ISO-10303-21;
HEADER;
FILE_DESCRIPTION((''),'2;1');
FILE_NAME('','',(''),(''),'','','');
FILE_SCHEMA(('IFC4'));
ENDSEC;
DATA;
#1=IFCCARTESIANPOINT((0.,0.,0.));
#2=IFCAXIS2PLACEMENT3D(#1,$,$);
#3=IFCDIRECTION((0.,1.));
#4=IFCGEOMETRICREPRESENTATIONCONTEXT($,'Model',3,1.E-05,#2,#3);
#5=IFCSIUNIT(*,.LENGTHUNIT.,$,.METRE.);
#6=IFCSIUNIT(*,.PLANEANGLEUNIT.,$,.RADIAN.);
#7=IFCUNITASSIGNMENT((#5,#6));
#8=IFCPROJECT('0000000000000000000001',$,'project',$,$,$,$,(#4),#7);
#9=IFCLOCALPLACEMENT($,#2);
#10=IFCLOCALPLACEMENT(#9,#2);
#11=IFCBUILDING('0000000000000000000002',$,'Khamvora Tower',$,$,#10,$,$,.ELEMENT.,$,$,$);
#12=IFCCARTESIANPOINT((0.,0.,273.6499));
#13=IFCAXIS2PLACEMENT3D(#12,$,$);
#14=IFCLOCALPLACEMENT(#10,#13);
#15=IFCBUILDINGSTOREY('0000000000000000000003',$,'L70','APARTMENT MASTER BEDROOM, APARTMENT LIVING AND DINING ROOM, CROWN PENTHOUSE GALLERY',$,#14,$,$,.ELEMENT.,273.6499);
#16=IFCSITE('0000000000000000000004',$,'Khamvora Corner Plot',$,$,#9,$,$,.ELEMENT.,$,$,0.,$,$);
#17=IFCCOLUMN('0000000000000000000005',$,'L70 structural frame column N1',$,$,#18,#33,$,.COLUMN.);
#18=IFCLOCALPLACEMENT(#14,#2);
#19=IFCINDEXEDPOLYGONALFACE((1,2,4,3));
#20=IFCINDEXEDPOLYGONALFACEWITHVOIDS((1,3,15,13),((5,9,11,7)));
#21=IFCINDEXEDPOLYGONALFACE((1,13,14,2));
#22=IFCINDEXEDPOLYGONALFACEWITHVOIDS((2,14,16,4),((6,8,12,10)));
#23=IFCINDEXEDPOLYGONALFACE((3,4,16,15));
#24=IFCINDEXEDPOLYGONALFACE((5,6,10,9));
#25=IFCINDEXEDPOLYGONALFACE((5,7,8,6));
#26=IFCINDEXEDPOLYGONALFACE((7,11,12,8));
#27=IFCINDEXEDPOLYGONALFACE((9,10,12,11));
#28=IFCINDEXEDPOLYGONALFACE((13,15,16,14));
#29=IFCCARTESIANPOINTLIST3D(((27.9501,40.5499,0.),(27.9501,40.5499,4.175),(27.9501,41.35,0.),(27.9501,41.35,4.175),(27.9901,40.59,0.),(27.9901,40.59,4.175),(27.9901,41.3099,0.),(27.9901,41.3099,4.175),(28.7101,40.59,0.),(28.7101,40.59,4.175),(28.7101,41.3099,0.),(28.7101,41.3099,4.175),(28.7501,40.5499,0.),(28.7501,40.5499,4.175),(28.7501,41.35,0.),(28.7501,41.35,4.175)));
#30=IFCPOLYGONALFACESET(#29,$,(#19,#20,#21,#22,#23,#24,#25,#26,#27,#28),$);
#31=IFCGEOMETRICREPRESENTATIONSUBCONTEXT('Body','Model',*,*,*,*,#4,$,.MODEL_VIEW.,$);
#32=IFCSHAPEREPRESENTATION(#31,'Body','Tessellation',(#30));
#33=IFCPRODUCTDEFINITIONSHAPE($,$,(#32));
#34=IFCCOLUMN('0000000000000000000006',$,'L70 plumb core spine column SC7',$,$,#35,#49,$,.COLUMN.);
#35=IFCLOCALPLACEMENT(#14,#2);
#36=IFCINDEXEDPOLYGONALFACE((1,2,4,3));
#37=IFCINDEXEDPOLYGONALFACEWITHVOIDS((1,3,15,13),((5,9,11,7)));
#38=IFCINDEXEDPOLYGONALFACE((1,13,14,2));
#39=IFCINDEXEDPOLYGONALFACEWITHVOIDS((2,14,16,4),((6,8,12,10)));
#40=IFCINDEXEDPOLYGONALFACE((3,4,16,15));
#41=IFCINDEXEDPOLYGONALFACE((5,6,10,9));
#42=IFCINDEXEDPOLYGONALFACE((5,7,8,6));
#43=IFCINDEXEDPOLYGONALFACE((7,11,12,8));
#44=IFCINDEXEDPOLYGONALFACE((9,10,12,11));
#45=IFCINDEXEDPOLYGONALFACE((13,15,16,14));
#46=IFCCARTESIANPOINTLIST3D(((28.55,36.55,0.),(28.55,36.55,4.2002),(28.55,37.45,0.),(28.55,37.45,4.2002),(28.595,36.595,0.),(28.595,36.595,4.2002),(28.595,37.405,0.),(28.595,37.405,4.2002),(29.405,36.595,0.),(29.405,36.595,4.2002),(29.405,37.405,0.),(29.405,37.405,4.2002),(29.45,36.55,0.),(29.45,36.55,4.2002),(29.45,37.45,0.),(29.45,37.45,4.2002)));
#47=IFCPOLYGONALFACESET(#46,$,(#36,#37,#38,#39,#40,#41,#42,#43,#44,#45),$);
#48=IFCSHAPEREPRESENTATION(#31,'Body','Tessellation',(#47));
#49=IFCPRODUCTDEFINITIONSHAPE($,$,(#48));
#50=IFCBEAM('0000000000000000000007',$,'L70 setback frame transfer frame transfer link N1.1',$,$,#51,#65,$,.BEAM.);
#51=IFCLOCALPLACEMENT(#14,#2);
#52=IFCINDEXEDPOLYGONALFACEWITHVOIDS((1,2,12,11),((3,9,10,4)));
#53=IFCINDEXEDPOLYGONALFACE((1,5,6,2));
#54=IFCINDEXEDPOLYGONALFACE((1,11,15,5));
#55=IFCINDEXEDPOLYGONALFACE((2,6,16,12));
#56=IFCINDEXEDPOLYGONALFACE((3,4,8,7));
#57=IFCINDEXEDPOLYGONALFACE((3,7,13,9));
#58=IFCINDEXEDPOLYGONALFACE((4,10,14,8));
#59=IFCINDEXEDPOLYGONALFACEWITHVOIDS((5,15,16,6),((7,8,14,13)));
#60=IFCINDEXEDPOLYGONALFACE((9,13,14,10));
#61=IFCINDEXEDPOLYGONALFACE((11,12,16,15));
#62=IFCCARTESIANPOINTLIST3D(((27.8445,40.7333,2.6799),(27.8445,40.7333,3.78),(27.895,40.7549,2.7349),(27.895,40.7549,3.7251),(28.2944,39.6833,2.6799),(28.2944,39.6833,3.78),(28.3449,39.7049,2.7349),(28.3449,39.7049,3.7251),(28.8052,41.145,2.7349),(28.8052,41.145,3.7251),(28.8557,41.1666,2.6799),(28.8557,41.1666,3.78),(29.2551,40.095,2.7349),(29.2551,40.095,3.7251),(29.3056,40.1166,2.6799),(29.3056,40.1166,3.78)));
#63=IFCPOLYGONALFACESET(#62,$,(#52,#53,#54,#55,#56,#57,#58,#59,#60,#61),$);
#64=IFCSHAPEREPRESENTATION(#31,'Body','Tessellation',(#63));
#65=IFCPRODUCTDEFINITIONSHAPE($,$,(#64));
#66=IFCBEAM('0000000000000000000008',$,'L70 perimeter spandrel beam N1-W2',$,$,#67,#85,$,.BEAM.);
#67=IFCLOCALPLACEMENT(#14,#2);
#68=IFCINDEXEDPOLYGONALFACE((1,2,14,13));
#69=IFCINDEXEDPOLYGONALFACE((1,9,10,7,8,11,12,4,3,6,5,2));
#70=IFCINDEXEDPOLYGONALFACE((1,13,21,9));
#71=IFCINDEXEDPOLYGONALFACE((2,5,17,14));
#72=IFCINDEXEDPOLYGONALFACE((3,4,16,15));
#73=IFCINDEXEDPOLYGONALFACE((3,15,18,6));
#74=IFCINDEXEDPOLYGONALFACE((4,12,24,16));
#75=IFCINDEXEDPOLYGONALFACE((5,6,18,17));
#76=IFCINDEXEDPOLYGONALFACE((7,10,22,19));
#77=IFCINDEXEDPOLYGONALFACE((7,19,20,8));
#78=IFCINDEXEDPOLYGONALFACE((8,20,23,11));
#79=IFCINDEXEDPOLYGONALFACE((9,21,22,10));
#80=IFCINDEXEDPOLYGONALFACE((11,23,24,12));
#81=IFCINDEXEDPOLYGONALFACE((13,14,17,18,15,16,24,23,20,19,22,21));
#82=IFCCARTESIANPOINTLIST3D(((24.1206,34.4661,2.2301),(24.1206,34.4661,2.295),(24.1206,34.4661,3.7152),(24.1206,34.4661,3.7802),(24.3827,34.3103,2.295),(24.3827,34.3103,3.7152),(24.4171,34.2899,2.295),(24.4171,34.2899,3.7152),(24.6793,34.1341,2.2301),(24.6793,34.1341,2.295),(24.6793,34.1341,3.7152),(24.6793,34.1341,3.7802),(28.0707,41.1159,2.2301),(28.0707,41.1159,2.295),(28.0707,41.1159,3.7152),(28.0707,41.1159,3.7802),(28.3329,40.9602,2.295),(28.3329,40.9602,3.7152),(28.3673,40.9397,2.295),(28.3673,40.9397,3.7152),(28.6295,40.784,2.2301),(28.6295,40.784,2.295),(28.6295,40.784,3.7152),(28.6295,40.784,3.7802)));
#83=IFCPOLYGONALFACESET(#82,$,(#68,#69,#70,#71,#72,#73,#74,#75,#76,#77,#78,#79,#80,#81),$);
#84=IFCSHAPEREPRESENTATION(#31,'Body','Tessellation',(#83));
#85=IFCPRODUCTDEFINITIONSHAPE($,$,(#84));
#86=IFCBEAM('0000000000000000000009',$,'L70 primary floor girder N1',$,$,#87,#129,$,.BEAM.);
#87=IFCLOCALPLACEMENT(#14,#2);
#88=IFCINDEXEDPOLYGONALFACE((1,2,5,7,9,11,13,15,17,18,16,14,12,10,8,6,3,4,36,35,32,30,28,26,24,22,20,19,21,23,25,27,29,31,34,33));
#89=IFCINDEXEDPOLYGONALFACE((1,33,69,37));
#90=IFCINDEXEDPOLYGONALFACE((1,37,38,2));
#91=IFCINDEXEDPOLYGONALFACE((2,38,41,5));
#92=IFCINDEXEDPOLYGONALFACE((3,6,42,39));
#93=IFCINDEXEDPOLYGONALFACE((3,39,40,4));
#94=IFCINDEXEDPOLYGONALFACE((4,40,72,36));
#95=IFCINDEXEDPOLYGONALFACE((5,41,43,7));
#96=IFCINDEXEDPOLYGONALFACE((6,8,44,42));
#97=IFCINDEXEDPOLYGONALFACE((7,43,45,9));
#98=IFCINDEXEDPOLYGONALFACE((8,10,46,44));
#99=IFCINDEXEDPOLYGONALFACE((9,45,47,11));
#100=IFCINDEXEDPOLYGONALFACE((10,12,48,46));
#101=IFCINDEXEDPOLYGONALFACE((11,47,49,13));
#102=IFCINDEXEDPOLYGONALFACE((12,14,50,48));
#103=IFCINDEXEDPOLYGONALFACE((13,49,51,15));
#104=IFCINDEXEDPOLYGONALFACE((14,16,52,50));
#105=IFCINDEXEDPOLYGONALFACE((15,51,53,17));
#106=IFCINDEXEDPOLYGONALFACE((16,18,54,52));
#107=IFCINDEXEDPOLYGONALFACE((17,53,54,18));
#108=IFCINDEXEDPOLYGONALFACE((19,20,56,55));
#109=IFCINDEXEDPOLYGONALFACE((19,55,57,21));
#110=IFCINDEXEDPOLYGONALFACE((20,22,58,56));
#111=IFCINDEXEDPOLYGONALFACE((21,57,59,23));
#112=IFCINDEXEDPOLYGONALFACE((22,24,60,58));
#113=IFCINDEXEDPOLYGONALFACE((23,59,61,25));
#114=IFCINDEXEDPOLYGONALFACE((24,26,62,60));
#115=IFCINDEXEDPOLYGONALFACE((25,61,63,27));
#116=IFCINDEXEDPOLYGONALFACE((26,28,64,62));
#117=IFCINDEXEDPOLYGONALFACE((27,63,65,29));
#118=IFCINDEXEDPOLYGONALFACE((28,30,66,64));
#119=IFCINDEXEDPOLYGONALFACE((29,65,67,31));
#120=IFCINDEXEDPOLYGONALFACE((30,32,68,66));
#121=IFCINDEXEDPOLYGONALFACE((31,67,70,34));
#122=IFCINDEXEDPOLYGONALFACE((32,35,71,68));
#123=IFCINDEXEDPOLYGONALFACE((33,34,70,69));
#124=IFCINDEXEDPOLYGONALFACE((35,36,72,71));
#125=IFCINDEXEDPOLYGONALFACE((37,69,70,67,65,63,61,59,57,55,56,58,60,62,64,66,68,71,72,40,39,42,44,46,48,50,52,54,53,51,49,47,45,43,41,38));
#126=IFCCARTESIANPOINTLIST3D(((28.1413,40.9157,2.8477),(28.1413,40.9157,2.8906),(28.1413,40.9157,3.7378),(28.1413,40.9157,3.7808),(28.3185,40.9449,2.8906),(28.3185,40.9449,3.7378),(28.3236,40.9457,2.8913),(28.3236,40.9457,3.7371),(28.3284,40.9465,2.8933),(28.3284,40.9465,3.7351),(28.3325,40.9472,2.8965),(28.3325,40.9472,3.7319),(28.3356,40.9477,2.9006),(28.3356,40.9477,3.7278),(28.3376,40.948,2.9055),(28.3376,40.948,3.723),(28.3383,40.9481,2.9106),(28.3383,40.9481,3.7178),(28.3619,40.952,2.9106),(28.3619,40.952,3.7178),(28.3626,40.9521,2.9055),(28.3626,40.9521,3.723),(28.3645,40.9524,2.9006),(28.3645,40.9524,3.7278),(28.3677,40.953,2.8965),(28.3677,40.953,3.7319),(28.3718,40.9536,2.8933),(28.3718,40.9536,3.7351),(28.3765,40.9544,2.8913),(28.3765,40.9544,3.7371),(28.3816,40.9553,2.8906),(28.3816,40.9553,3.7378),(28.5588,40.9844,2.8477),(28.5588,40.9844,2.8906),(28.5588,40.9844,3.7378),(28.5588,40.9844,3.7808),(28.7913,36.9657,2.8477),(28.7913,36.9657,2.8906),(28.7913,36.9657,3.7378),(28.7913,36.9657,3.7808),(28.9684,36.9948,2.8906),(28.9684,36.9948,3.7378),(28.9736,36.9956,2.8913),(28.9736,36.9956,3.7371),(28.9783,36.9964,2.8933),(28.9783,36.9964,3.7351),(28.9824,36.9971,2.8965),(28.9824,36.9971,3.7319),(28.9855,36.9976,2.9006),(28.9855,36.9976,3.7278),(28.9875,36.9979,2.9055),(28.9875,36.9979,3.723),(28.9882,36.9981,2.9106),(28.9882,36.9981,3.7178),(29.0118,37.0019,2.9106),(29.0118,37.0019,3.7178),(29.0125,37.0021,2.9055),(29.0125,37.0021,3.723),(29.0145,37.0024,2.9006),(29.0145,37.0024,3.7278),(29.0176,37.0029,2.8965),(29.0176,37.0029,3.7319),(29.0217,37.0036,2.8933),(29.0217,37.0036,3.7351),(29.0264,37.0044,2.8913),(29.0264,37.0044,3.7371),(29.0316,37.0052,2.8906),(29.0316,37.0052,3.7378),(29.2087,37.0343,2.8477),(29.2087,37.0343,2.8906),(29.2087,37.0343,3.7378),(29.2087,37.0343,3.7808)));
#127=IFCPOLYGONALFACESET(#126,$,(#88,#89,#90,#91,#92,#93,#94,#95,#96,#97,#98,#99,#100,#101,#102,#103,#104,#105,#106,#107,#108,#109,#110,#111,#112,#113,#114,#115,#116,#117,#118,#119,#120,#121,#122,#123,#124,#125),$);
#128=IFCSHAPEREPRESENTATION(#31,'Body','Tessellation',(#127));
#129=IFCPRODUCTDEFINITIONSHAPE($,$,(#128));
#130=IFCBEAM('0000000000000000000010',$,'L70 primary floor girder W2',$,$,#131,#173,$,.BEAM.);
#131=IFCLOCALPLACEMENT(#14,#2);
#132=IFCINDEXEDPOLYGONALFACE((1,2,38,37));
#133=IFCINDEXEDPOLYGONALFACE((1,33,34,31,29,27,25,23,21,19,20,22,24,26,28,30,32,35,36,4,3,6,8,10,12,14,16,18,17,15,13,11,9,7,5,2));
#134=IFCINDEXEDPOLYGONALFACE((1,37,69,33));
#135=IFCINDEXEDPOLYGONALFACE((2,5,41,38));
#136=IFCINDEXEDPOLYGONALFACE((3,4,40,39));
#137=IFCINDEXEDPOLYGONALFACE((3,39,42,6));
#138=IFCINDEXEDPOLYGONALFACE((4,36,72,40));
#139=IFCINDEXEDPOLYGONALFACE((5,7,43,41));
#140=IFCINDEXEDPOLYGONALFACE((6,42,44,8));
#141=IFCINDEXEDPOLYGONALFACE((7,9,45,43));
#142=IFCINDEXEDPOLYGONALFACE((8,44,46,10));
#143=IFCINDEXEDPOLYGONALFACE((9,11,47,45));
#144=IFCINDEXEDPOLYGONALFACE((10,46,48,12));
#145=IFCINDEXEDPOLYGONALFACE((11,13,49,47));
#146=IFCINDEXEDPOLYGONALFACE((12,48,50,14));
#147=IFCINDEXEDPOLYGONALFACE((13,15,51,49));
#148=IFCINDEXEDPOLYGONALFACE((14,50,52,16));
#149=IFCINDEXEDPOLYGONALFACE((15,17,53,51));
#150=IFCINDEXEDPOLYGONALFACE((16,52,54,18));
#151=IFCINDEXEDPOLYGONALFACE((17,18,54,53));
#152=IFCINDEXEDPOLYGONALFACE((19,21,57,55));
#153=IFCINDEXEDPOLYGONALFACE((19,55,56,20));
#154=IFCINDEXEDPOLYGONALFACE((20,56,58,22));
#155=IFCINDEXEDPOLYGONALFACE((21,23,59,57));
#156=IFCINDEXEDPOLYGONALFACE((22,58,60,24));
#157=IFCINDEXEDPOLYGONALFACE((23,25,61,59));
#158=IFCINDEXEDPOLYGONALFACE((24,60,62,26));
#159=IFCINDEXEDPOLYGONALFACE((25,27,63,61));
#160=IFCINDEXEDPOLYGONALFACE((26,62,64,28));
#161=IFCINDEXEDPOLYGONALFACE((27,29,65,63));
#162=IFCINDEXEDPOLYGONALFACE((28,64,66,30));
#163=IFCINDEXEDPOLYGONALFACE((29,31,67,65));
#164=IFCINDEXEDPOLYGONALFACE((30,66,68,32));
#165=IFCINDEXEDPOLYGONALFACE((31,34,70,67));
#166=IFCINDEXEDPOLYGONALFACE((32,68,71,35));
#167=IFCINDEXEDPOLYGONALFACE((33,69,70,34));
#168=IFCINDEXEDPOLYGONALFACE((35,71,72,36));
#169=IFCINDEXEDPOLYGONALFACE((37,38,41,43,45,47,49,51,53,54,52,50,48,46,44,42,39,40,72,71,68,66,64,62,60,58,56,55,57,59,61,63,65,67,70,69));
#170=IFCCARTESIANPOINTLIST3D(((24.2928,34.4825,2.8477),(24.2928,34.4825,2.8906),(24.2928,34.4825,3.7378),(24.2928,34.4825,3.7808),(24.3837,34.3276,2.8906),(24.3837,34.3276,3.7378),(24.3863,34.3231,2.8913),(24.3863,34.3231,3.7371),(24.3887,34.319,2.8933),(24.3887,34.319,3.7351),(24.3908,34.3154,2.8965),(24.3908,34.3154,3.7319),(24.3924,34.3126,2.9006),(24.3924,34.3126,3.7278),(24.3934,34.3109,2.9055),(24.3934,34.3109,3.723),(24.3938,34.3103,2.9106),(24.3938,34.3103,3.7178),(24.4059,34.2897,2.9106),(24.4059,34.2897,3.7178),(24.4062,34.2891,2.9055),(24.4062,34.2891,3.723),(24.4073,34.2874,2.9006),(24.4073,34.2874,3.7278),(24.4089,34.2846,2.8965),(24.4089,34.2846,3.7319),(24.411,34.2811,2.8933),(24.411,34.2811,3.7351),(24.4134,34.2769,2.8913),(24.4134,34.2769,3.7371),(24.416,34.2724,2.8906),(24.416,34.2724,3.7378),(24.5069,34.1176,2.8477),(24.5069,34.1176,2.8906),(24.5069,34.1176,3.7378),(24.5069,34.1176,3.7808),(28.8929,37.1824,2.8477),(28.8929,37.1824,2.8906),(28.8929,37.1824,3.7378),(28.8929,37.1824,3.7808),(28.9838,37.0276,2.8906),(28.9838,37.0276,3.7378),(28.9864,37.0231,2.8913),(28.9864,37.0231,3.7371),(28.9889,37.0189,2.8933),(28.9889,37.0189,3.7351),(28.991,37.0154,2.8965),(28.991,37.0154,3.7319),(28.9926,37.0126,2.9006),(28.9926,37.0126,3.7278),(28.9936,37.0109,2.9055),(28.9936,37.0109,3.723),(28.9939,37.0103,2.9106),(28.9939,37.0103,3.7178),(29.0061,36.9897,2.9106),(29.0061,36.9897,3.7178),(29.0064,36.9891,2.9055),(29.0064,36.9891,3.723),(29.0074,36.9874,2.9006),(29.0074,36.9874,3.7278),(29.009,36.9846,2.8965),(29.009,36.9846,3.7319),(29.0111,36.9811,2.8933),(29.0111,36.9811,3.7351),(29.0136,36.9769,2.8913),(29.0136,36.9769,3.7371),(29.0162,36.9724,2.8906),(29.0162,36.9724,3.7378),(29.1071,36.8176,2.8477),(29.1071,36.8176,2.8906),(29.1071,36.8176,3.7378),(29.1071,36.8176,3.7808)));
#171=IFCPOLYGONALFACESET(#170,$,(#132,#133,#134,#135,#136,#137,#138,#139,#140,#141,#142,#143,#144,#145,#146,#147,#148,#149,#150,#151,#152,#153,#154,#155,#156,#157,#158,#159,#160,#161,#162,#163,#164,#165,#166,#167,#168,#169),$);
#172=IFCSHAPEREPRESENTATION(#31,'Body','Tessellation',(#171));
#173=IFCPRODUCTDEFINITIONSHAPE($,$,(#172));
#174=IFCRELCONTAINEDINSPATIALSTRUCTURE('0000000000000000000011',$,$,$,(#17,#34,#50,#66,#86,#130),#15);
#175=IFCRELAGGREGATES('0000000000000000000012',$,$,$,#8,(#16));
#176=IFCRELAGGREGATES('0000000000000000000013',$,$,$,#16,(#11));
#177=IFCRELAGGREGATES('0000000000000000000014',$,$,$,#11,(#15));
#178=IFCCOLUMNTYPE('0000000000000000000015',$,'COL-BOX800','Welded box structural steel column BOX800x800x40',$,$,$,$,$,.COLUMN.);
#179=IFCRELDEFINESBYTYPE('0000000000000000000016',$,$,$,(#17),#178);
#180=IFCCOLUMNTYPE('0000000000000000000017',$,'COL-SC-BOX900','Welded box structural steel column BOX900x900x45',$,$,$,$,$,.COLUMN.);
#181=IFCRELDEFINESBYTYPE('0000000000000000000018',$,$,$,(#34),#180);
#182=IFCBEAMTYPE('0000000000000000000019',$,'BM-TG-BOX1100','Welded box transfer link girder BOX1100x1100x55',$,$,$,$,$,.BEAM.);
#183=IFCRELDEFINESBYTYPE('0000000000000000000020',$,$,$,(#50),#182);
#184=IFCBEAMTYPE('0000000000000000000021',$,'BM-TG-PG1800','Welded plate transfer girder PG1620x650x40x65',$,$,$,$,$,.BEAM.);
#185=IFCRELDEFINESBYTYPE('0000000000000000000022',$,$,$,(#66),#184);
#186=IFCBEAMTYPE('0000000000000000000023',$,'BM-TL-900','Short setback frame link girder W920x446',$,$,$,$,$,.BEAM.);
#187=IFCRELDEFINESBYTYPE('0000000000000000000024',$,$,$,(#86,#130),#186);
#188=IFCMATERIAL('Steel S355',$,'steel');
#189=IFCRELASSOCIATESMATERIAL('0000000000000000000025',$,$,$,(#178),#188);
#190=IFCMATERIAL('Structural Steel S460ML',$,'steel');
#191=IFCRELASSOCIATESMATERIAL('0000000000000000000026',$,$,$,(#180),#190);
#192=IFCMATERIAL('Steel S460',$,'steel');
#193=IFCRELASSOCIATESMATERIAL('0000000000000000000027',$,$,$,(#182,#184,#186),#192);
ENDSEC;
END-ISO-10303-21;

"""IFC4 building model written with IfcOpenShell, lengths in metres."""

from ifc_helpers import new_model, si_unit, direction, frame, origin, origin_2d, place, context, subcontext, project, spatial, hollow_rectangle, i_section, extrude, material, material_profile, profile_set, type_object, element, save


model = new_model("IFC4")

# Units and contexts
model_context = context("Model", 3, precision=1e-05, world=origin(), true_north=direction((0.0, 1.0)))
body_context = subcontext(model_context, "Body", "Model", "MODEL_VIEW")
ifc_project = project(units=[si_unit("LENGTHUNIT", "METRE"), si_unit("PLANEANGLEUNIT", "RADIAN")], contexts=[model_context])

# Site, building, storey
site_placement = place(None, origin())
site = spatial("IfcSite", under=ifc_project, at=site_placement, Name="Khamvora Corner Plot", CompositionType="ELEMENT", RefElevation=0.0)
building_placement = place(site_placement, origin())
building = spatial("IfcBuilding", under=site, at=building_placement, Name="Khamvora Tower", CompositionType="ELEMENT")
storey_placement = place(building_placement, frame((0.0, 0.0, 273.6499)))
storey = spatial("IfcBuildingStorey", under=building, at=storey_placement, Name="L70", Description="APARTMENT MASTER BEDROOM, APARTMENT LIVING AND DINING ROOM, CROWN PENTHOUSE GALLERY", CompositionType="ELEMENT", Elevation=273.6499)

# Columns
ifc_material_1 = material(Name="Steel S355", Category="steel")
ifc_material_profile_1 = material_profile(ifc_material_1, hollow_rectangle(XDim=0.8, YDim=0.8, WallThickness=0.04, at=origin_2d()), Name="BOX800x800x40")
ifc_profile_set_1 = profile_set([ifc_material_profile_1], Name="Steel S355")
column_type_1 = type_object("IfcColumnType", Name="COL-BOX800", Description="Welded box structural steel column BOX800x800x40", PredefinedType="COLUMN", material=ifc_profile_set_1)
column_1_placement = place(storey_placement, frame((28.3501, 40.95, 0.0), z_axis=(0.0, 0.0, 1.0), x_axis=(1.0, 0.0, 0.0)))
element("IfcColumn", 1, at=column_1_placement, inside=storey, type_object=column_type_1, Name="L70 structural frame column N1", PredefinedType="COLUMN", context=body_context, shape_type="SweptSolid", body=[
    extrude(hollow_rectangle(XDim=0.8, YDim=0.8, WallThickness=0.04, at=origin_2d()), origin(), (0.0, 0.0, 1.0), 4.175),
])
ifc_material_2 = material(Name="Structural Steel S460ML", Category="steel")
ifc_material_profile_2 = material_profile(ifc_material_2, hollow_rectangle(XDim=0.8999, YDim=0.8999, WallThickness=0.0449, at=origin_2d()), Name="BOX900x900x45")
ifc_profile_set_2 = profile_set([ifc_material_profile_2], Name="Structural Steel S460ML")
column_type_2 = type_object("IfcColumnType", Name="COL-SC-BOX900", Description="Welded box structural steel column BOX900x900x45", PredefinedType="COLUMN", material=ifc_profile_set_2)
column_2_placement = place(storey_placement, frame((29.0, 37.0, 0.0), z_axis=(0.0, 0.0, 1.0), x_axis=(1.0, 0.0, 0.0)))
element("IfcColumn", 2, at=column_2_placement, inside=storey, type_object=column_type_2, Name="L70 plumb core spine column SC7", PredefinedType="COLUMN", context=body_context, shape_type="SweptSolid", body=[
    extrude(hollow_rectangle(XDim=0.8999, YDim=0.8999, WallThickness=0.0449, at=origin_2d()), origin(), (0.0, 0.0, 1.0), 4.2002),
])

# Beams
ifc_material_3 = material(Name="Steel S460", Category="steel")
ifc_material_profile_3 = material_profile(ifc_material_3, hollow_rectangle(XDim=1.1001, YDim=1.1001, WallThickness=0.0549, at=origin_2d()), Name="BOX1100x1100x55")
ifc_profile_set_3 = profile_set([ifc_material_profile_3], Name="Steel S460")
beam_type_1 = type_object("IfcBeamType", Name="BM-TG-BOX1100", Description="Welded box transfer link girder BOX1100x1100x55", PredefinedType="BEAM", material=ifc_profile_set_3)
beam_1_placement = place(storey_placement, frame((28.3501, 40.95, 3.23), z_axis=(0.393868, -0.919167, 0.0), x_axis=(0.919167, 0.393868, 0.0)))
element("IfcBeam", 3, at=beam_1_placement, inside=storey, type_object=beam_type_1, Name="L70 setback frame transfer frame transfer link N1.1", PredefinedType="BEAM", context=body_context, shape_type="SweptSolid", body=[
    extrude(hollow_rectangle(XDim=1.1001, YDim=1.1001, WallThickness=0.0549, at=origin_2d()), origin(), (0.0, 0.0, 1.0), 1.1423),
])
ifc_material_profile_4 = material_profile(ifc_material_3, i_section(OverallWidth=0.6499, OverallDepth=1.55, WebThickness=0.04, FlangeThickness=0.0649, at=origin_2d()), Name="PG1550x650x40x65")
ifc_profile_set_4 = profile_set([ifc_material_profile_4], Name="Steel S460")
beam_type_2 = type_object("IfcBeamType", Name="BM-TG-PG1800", Description="Welded plate transfer girder PG1620x650x40x65", PredefinedType="BEAM", material=ifc_profile_set_4)
beam_2_placement = place(storey_placement, frame((28.3501, 40.95, 3.0051), z_axis=(-0.510712, -0.859752, 0.0), x_axis=(0.859752, -0.510712, 0.0)))
element("IfcBeam", 4, at=beam_2_placement, inside=storey, type_object=beam_type_2, Name="L70 perimeter spandrel beam N1-W2", PredefinedType="BEAM", context=body_context, shape_type="SweptSolid", body=[
    extrude(i_section(OverallWidth=0.6499, OverallDepth=1.55, WebThickness=0.04, FlangeThickness=0.0649, at=origin_2d()), origin(), (0.0, 0.0, 1.0), 7.7346),
])
ifc_material_profile_5 = material_profile(ifc_material_3, i_section(OverallWidth=0.4231, OverallDepth=0.9331, WebThickness=0.0239, FlangeThickness=0.043, FilletRadius=0.02, at=origin_2d()), Name="W920x446")
ifc_profile_set_5 = profile_set([ifc_material_profile_5], Name="Steel S460")
beam_type_3 = type_object("IfcBeamType", Name="BM-TL-900", Description="Short setback frame link girder W920x446", PredefinedType="BEAM", material=ifc_profile_set_5)
beam_3_placement = place(storey_placement, frame((29.0, 37.0, 3.3142), z_axis=(-0.162351, 0.986733, 0.0), x_axis=(-0.986733, -0.162351, 0.0)))
element("IfcBeam", 5, at=beam_3_placement, inside=storey, type_object=beam_type_3, Name="L70 primary floor girder N1", PredefinedType="BEAM", context=body_context, shape_type="SweptSolid", body=[
    extrude(i_section(OverallWidth=0.4231, OverallDepth=0.9331, WebThickness=0.0239, FlangeThickness=0.043, FilletRadius=0.02, at=origin_2d()), origin(), (0.0, 0.0, 1.0), 4.0032),
])
beam_4_placement = place(storey_placement, frame((29.0, 37.0, 3.3142), z_axis=(-0.862424, -0.506186, 0.0), x_axis=(0.506186, -0.862424, 0.0)))
element("IfcBeam", 6, at=beam_4_placement, inside=storey, type_object=beam_type_3, Name="L70 primary floor girder W2", PredefinedType="BEAM", context=body_context, shape_type="SweptSolid", body=[
    extrude(i_section(OverallWidth=0.4231, OverallDepth=0.9331, WebThickness=0.0239, FlangeThickness=0.043, FilletRadius=0.02, at=origin_2d()), origin(), (0.0, 0.0, 1.0), 5.334),
])

save(model, "model.ifc")
